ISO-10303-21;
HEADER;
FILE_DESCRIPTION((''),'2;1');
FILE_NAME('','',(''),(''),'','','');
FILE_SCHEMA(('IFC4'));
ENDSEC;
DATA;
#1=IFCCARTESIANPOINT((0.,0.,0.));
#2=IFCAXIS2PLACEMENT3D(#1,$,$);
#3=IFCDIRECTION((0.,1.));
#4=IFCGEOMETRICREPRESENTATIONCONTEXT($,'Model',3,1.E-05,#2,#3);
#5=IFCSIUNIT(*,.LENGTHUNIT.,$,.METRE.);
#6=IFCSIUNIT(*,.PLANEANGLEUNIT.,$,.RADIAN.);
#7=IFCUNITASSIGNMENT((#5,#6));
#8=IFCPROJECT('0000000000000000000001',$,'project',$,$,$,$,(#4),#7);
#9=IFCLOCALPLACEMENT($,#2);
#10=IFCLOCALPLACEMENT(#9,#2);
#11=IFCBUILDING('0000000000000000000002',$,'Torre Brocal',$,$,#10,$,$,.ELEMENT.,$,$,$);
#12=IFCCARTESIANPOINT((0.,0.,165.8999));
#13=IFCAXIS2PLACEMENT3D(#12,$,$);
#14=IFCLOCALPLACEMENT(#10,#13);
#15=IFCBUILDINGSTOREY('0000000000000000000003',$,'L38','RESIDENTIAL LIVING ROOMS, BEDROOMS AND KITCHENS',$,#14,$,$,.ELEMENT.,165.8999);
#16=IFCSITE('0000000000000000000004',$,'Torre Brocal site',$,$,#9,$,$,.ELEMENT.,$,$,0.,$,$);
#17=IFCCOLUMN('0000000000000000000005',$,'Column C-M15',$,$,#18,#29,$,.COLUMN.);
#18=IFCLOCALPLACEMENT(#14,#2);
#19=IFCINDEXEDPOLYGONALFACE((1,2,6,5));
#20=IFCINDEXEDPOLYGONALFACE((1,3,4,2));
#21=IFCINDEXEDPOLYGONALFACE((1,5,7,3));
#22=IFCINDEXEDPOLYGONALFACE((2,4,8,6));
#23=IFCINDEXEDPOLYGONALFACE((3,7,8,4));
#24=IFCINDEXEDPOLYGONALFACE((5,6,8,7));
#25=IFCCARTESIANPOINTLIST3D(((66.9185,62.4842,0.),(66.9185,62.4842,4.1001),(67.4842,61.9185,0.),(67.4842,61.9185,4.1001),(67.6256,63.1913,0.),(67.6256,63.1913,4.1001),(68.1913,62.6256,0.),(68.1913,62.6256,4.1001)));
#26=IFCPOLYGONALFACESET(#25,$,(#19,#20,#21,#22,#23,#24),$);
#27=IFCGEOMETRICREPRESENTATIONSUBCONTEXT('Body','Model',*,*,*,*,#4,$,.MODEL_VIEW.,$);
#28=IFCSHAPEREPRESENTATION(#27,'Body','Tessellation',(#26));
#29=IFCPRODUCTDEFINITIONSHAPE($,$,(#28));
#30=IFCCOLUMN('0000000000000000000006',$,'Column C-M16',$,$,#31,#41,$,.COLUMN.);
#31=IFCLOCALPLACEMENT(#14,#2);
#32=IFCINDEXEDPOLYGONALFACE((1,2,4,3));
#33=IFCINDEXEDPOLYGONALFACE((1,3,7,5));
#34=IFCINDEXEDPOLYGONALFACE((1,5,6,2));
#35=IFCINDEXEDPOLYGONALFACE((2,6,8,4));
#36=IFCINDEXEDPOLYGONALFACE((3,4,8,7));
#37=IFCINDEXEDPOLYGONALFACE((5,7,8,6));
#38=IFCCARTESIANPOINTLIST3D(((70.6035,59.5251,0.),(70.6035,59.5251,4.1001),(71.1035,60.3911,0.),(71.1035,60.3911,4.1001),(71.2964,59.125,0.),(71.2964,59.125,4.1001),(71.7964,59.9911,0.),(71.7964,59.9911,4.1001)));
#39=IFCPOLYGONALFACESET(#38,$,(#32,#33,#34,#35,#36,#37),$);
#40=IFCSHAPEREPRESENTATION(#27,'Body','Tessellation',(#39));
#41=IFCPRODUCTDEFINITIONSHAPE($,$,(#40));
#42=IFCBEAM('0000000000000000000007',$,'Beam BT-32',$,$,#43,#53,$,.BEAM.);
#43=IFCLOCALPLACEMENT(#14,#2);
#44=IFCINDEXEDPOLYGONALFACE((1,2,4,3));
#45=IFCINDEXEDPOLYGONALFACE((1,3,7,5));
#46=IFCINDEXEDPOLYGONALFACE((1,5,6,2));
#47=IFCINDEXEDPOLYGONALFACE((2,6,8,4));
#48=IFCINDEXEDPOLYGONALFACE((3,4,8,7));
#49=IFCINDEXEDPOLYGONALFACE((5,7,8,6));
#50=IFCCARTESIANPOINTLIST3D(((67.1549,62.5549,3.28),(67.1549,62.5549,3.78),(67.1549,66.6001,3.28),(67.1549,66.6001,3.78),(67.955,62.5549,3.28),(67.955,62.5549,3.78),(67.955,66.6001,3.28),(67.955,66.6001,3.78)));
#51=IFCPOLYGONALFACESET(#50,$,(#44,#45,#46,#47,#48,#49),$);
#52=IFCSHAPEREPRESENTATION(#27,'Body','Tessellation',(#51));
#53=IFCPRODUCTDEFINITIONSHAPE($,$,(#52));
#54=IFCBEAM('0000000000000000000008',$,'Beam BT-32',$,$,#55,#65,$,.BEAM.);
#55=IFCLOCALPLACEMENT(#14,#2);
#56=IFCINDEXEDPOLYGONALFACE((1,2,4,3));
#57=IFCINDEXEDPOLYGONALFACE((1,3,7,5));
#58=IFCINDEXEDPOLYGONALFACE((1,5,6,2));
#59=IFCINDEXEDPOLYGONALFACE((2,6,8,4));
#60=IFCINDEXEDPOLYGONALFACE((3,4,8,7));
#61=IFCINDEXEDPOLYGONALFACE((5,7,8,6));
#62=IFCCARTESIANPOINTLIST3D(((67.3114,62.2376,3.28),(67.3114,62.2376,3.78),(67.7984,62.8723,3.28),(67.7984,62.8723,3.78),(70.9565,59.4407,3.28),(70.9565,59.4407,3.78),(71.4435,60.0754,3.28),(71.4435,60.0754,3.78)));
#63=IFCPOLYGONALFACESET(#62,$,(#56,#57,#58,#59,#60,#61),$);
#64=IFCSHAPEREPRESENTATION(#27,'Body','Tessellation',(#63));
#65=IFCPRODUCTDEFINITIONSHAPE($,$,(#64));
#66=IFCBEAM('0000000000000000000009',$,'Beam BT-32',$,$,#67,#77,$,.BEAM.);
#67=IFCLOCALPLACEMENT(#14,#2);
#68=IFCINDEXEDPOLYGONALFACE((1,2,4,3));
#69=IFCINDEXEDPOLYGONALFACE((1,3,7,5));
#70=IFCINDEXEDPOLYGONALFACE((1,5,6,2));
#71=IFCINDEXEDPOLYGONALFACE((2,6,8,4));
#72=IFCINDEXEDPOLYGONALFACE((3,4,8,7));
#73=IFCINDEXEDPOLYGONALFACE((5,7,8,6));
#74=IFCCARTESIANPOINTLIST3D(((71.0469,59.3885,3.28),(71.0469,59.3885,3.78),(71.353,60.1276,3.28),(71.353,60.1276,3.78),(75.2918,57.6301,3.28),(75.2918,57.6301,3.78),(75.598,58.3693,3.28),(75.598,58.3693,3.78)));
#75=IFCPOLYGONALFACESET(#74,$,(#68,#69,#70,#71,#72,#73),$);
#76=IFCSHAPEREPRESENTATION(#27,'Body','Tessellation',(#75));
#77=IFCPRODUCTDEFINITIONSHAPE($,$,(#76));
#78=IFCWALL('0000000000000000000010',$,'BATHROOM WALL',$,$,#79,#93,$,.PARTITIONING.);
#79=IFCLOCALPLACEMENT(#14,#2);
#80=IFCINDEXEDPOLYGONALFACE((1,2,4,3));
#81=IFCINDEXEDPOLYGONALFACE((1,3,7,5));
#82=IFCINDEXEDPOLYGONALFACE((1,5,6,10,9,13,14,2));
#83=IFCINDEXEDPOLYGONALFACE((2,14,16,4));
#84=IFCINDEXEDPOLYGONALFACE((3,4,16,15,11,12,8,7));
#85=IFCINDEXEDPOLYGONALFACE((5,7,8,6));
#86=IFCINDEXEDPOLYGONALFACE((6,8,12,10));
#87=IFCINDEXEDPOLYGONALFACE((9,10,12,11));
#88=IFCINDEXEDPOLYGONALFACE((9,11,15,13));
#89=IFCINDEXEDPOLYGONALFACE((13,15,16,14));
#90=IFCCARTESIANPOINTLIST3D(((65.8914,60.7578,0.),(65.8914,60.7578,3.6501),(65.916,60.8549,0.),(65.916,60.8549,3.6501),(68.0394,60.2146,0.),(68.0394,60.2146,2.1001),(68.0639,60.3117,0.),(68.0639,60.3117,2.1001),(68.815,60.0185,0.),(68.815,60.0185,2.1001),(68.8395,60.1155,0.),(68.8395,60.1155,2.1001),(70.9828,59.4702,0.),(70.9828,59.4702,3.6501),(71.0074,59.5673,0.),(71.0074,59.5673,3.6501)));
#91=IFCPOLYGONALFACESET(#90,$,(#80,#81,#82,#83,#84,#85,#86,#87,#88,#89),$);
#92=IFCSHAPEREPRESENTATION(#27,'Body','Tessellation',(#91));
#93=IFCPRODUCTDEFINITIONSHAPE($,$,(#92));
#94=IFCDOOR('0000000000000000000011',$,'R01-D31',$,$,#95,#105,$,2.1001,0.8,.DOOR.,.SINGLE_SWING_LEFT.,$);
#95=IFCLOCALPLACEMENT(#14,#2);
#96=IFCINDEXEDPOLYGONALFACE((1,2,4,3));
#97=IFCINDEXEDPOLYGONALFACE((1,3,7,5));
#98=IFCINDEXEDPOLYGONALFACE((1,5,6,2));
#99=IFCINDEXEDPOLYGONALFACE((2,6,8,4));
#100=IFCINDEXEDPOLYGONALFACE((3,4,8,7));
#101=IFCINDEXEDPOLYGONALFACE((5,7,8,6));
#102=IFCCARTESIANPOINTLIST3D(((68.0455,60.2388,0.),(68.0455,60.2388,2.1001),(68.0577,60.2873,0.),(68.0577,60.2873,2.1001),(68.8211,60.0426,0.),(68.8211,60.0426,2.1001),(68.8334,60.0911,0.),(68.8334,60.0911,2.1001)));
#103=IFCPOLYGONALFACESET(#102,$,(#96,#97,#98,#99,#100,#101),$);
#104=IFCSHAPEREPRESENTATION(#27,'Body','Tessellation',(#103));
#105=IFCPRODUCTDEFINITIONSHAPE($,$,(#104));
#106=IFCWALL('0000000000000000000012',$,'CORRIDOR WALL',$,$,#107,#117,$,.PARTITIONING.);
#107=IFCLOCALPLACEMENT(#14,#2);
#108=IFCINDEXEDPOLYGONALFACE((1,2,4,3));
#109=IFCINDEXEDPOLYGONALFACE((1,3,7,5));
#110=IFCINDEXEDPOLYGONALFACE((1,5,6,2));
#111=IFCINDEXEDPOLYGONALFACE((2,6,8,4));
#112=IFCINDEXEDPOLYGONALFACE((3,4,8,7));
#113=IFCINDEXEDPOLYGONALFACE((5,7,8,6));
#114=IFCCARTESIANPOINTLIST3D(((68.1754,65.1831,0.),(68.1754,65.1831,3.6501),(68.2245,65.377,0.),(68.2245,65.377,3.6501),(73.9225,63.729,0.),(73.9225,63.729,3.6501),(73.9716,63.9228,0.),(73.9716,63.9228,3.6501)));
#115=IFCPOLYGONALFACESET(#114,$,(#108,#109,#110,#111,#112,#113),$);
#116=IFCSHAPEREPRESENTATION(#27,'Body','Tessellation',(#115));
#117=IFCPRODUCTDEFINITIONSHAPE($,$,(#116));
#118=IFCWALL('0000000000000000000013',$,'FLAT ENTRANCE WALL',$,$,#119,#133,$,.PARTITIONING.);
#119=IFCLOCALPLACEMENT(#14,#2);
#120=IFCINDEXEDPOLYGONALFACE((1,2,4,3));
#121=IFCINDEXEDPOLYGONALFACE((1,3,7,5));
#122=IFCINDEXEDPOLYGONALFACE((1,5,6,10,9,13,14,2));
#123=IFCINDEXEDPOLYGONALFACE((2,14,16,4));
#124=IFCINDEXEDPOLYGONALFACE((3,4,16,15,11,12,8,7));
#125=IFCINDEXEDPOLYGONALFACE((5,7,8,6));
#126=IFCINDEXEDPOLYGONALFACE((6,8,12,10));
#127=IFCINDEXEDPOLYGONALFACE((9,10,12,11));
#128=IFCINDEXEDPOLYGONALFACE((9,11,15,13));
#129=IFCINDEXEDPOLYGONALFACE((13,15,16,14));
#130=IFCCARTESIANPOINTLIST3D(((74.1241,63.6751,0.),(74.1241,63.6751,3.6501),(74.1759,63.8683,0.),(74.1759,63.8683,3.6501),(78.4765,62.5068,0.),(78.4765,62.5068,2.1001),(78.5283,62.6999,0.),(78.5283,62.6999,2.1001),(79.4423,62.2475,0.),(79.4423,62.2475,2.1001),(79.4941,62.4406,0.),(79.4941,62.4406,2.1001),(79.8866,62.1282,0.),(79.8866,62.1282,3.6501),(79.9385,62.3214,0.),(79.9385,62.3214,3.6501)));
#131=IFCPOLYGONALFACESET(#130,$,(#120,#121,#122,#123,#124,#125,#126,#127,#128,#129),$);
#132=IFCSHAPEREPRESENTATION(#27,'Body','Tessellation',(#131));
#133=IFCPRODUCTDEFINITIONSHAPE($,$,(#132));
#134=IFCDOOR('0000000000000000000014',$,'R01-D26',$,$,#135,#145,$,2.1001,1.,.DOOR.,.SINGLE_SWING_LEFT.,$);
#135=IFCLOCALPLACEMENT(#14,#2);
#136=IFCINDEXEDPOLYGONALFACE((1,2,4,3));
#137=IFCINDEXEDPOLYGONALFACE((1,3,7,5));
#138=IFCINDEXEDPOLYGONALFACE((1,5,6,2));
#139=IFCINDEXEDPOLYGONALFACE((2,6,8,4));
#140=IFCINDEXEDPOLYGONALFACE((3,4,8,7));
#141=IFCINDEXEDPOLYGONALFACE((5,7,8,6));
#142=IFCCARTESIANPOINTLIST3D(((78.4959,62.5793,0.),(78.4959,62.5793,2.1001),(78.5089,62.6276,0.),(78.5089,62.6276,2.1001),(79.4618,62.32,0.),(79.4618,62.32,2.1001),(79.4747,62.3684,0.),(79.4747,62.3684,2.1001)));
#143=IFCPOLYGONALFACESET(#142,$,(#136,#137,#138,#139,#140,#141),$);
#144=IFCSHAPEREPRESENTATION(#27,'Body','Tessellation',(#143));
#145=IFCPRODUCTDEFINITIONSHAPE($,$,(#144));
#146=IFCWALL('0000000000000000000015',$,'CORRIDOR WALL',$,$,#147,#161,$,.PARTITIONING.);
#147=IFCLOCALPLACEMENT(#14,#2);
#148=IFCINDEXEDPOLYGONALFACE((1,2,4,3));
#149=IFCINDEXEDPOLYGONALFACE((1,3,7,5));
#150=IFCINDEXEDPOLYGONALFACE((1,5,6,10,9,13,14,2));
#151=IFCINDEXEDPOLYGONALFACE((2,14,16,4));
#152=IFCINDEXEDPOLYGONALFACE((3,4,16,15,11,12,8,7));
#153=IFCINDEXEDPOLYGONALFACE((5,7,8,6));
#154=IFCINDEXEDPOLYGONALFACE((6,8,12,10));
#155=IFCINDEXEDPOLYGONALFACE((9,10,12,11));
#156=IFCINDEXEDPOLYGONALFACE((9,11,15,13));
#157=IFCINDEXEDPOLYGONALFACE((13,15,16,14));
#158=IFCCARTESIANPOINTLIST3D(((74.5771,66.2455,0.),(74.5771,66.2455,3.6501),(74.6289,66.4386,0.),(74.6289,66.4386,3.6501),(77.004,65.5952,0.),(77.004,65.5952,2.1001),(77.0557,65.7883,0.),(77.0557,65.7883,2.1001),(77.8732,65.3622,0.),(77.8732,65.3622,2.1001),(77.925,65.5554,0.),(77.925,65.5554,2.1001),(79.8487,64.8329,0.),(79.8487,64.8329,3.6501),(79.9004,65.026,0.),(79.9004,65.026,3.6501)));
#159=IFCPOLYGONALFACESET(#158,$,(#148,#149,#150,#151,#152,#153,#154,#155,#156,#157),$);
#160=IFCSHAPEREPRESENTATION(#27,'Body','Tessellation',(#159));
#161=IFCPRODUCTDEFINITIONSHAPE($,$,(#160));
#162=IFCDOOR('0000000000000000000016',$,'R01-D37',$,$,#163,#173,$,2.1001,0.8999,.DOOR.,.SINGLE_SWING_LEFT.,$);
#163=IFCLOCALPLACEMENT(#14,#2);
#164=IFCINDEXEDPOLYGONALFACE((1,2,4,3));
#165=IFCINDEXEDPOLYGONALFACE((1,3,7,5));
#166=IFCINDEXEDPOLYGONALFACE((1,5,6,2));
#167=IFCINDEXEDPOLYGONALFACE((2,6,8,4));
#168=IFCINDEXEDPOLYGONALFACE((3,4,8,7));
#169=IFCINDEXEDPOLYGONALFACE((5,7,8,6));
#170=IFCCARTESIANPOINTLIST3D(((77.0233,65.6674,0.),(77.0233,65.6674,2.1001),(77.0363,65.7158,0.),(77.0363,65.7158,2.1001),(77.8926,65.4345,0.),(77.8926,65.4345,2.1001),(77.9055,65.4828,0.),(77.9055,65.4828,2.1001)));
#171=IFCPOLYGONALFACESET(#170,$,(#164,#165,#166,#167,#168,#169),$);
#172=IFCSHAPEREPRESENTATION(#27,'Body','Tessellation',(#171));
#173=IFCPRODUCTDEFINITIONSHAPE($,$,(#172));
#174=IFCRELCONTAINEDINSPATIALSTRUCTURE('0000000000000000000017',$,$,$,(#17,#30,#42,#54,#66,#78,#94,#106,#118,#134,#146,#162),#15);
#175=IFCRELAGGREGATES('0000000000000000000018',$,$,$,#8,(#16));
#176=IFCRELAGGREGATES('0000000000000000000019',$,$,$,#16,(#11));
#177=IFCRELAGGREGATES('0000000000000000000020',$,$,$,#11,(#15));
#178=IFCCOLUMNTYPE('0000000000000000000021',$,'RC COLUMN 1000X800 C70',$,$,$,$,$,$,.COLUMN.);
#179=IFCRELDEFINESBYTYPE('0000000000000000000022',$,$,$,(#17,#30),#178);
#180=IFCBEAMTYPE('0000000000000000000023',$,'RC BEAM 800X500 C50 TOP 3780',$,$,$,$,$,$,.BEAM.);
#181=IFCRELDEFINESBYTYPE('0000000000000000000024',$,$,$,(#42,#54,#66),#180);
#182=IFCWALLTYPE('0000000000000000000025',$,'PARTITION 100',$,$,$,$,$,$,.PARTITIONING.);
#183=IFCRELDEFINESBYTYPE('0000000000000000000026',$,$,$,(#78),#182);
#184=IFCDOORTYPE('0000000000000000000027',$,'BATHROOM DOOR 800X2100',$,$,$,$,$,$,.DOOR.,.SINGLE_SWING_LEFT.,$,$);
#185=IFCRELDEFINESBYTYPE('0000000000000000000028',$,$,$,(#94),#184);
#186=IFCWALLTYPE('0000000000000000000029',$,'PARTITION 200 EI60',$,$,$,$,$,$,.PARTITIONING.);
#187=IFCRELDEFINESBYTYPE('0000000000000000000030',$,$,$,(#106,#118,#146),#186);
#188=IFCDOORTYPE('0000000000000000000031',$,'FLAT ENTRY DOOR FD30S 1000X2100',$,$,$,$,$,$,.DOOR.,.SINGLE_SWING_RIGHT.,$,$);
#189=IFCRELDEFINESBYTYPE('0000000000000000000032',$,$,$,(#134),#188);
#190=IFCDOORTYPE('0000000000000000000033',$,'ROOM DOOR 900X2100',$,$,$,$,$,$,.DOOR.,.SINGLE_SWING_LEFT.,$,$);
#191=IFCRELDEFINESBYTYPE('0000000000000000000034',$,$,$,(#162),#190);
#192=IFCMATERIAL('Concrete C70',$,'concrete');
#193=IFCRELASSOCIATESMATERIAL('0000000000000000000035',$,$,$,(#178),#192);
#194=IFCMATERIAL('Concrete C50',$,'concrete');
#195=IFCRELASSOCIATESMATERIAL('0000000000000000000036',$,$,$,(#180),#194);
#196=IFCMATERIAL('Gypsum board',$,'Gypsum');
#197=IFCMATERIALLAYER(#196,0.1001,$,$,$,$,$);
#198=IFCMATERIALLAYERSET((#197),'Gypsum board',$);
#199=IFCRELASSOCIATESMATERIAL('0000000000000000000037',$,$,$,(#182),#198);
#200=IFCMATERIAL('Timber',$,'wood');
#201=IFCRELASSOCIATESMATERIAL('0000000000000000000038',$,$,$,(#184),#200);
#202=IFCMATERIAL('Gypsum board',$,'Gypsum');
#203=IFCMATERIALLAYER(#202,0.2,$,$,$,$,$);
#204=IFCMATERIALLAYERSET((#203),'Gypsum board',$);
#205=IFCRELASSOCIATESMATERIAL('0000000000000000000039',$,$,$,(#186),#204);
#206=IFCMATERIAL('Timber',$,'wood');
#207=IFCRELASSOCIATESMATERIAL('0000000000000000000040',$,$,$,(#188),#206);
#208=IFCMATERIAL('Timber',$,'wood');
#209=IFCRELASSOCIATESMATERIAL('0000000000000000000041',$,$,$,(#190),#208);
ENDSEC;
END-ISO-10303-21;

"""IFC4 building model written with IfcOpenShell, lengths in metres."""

from ifc_helpers import new_model, si_unit, direction, frame, frame_2d, origin, origin_2d, place, context, subcontext, project, spatial, rectangle, extrude, material, layer, layer_set, material_profile, profile_set, type_object, element, fill, save


model = new_model("IFC4")

# Units and contexts
model_context = context("Model", 3, precision=1e-05, world=origin(), true_north=direction((0.0, 1.0)))
body_context = subcontext(model_context, "Body", "Model", "MODEL_VIEW")
ifc_project = project(units=[si_unit("LENGTHUNIT", "METRE"), si_unit("PLANEANGLEUNIT", "RADIAN")], contexts=[model_context])

# Site, building, storey
site_placement = place(None, origin())
site = spatial("IfcSite", under=ifc_project, at=site_placement, Name="Torre Brocal site", CompositionType="ELEMENT", RefElevation=0.0)
building_placement = place(site_placement, origin())
building = spatial("IfcBuilding", under=site, at=building_placement, Name="Torre Brocal", CompositionType="ELEMENT")
storey_placement = place(building_placement, frame((0.0, 0.0, 165.8999)))
storey = spatial("IfcBuildingStorey", under=building, at=storey_placement, Name="L38", Description="RESIDENTIAL LIVING ROOMS, BEDROOMS AND KITCHENS", CompositionType="ELEMENT", Elevation=165.8999)

# Columns
ifc_material_1 = material(Name="Concrete C70", Category="concrete")
ifc_material_profile_1 = material_profile(ifc_material_1, rectangle(XDim=1.0, YDim=0.8, at=origin_2d()), Name="RC 1000X800")
ifc_profile_set_1 = profile_set([ifc_material_profile_1], Name="Concrete C70")
column_type = type_object("IfcColumnType", Name="RC COLUMN 1000X800 C70", PredefinedType="COLUMN", material=ifc_profile_set_1)
for number, where, z_axis, x_axis, name in (
    (1, (67.5549, 62.5549, 0.0), (0.0, 0.0, 1.0), (-0.707107, -0.707107, 0.0), "Column C-M15"),
    (2, (71.2, 59.7581, 0.0), (0.0, 0.0, 1.0), (-0.5, -0.866025, 0.0), "Column C-M16"),
):
    element("IfcColumn", number, at=place(storey_placement, frame(where, z_axis=z_axis, x_axis=x_axis)), inside=storey, type_object=column_type, Name=name, PredefinedType="COLUMN", context=body_context, shape_type="SweptSolid", body=[
        extrude(rectangle(XDim=1.0, YDim=0.8, at=origin_2d()), origin(), (0.0, 0.0, 1.0), 4.1001),
    ])

# Beams
ifc_material_2 = material(Name="Concrete C50", Category="concrete")
ifc_material_profile_2 = material_profile(ifc_material_2, rectangle(XDim=0.8, YDim=0.5, at=origin_2d()), Name="RC 800X500")
ifc_profile_set_2 = profile_set([ifc_material_profile_2], Name="Concrete C50")
beam_type = type_object("IfcBeamType", Name="RC BEAM 800X500 C50 TOP 3780", PredefinedType="BEAM", material=ifc_profile_set_2)
beam_1_placement = place(storey_placement, frame((67.5549, 62.5549, 3.53), z_axis=(0.0, 1.0, 0.0), x_axis=(-1.0, 0.0, 0.0)))
element("IfcBeam", 3, at=beam_1_placement, inside=storey, type_object=beam_type, Name="Beam BT-32", PredefinedType="BEAM", context=body_context, shape_type="SweptSolid", body=[
    extrude(rectangle(XDim=0.8, YDim=0.5, at=origin_2d()), origin(), (0.0, 0.0, 1.0), 4.0452),
])
beam_2_placement = place(storey_placement, frame((67.5549, 62.5549, 3.53), z_axis=(0.793358, -0.608755, 0.0), x_axis=(0.608755, 0.793358, 0.0)))
element("IfcBeam", 4, at=beam_2_placement, inside=storey, type_object=beam_type, Name="Beam BT-32", PredefinedType="BEAM", context=body_context, shape_type="SweptSolid", body=[
    extrude(rectangle(XDim=0.8, YDim=0.5, at=origin_2d()), origin(), (0.0, 0.0, 1.0), 4.5945),
])
beam_3_placement = place(storey_placement, frame((71.2, 59.7581, 3.53), z_axis=(0.923878, -0.382687, 0.0), x_axis=(0.382687, 0.923878, 0.0)))
element("IfcBeam", 5, at=beam_3_placement, inside=storey, type_object=beam_type, Name="Beam BT-32", PredefinedType="BEAM", context=body_context, shape_type="SweptSolid", body=[
    extrude(rectangle(XDim=0.8, YDim=0.5, at=origin_2d()), origin(), (0.0, 0.0, 1.0), 4.5947),
])

# Wall, opening, door
ifc_material_3 = material(Name="Gypsum board", Category="Gypsum")
ifc_layer_1 = layer(ifc_material_3, 0.1001)
ifc_layer_set_1 = layer_set([ifc_layer_1], Name="Gypsum board")
wall_type_1 = type_object("IfcWallType", Name="PARTITION 100", PredefinedType="PARTITIONING", material=ifc_layer_set_1)
wall_1_placement = place(storey_placement, frame((65.9036, 60.8064, 0.0), z_axis=(0.0, 0.0, 1.0), x_axis=(0.969477, -0.245182, 0.0)))
wall_1 = element("IfcWall", 6, at=wall_1_placement, inside=storey, type_object=wall_type_1, Name="BATHROOM WALL", PredefinedType="PARTITIONING", context=body_context, shape_type="SweptSolid", body=[
    extrude(rectangle(XDim=5.2517, YDim=0.1001, at=frame_2d((2.626, 0.0))), origin(), (0.0, 0.0, 1.0), 3.6501),
])
opening_1_placement = place(wall_1_placement, frame((2.2158, 0.0, 0.0)))
opening_1 = element("IfcOpeningElement", 7, at=opening_1_placement, cuts=wall_1, PredefinedType="OPENING", context=body_context, shape_type="SweptSolid", body=[
    extrude(rectangle(XDim=0.8, YDim=2.1001, at=frame_2d((0.3999, 1.05))), frame((0.0, 0.0601, 0.0), z_axis=(0.0, -1.0, 0.0), x_axis=(1.0, 0.0, 0.0)), (0.0, 0.0, 1.0), 0.1201),
])
ifc_material_4 = material(Name="Timber", Category="wood")
door_type_1 = type_object("IfcDoorType", Name="BATHROOM DOOR 800X2100", OperationType="SINGLE_SWING_LEFT", PredefinedType="DOOR", material=ifc_material_4)
door_1_placement = place(opening_1_placement, origin())
door_1 = element("IfcDoor", 8, at=door_1_placement, inside=storey, type_object=door_type_1, Name="R01-D31", OperationType="SINGLE_SWING_LEFT", OverallHeight=2.1001, OverallWidth=0.8, PredefinedType="DOOR", context=body_context, shape_type="SweptSolid", body=[
    extrude(rectangle(XDim=0.8, YDim=2.1001, at=frame_2d((0.3999, 1.05))), frame((0.0, 0.0249, 0.0), z_axis=(0.0, -1.0, 0.0), x_axis=(1.0, 0.0, 0.0)), (0.0, 0.0, 1.0), 0.05),
])
fill(opening_1, door_1)

# Wall
ifc_material_5 = material(Name="Gypsum board", Category="Gypsum")
ifc_layer_2 = layer(ifc_material_5, 0.2)
ifc_layer_set_2 = layer_set([ifc_layer_2], Name="Gypsum board")
wall_type_2 = type_object("IfcWallType", Name="PARTITION 200 EI60", PredefinedType="PARTITIONING", material=ifc_layer_set_2)
wall_2_placement = place(storey_placement, frame((68.2, 65.28, 0.0), z_axis=(0.0, 0.0, 1.0), x_axis=(0.969451, -0.245287, 0.0)))
element("IfcWall", 9, at=wall_2_placement, inside=storey, type_object=wall_type_2, Name="CORRIDOR WALL", PredefinedType="PARTITIONING", context=body_context, shape_type="SweptSolid", body=[
    extrude(rectangle(XDim=5.9282, YDim=0.2, at=frame_2d((2.9641, 0.0))), origin(), (0.0, 0.0, 1.0), 3.6501),
])

# Walls, openings, doors
wall_3_placement = place(storey_placement, frame((74.1499, 63.7717, 0.0), z_axis=(0.0, 0.0, 1.0), x_axis=(0.965807, -0.259262, 0.0)))
wall_3 = element("IfcWall", 10, at=wall_3_placement, inside=storey, type_object=wall_type_2, Name="FLAT ENTRANCE WALL", PredefinedType="PARTITIONING", context=body_context, shape_type="SweptSolid", body=[
    extrude(rectangle(XDim=5.9666, YDim=0.2, at=frame_2d((2.9834, 0.0))), origin(), (0.0, 0.0, 1.0), 3.6501),
])
opening_2_placement = place(wall_3_placement, frame((4.5066, 0.0, 0.0)))
opening_2 = element("IfcOpeningElement", 11, at=opening_2_placement, cuts=wall_3, PredefinedType="OPENING", context=body_context, shape_type="SweptSolid", body=[
    extrude(rectangle(XDim=1.0, YDim=2.1001, at=frame_2d((0.5, 1.05))), frame((0.0, 0.1099, 0.0), z_axis=(0.0, -1.0, 0.0), x_axis=(1.0, 0.0, 0.0)), (0.0, 0.0, 1.0), 0.22),
])
ifc_material_6 = material(Name="Timber", Category="wood")
door_type_2 = type_object("IfcDoorType", Name="FLAT ENTRY DOOR FD30S 1000X2100", OperationType="SINGLE_SWING_RIGHT", PredefinedType="DOOR", material=ifc_material_6)
door_2_placement = place(opening_2_placement, frame((1.0, 0.0, 0.0), z_axis=(0.0, 0.0, 1.0), x_axis=(-1.0, 0.0, 0.0)))
door_2 = element("IfcDoor", 12, at=door_2_placement, inside=storey, type_object=door_type_2, Name="R01-D26", OperationType="SINGLE_SWING_LEFT", OverallHeight=2.1001, OverallWidth=1.0, PredefinedType="DOOR", context=body_context, shape_type="SweptSolid", body=[
    extrude(rectangle(XDim=1.0, YDim=2.1001, at=frame_2d((0.5, 1.05))), frame((0.0, 0.0249, 0.0), z_axis=(0.0, -1.0, 0.0), x_axis=(1.0, 0.0, 0.0)), (0.0, 0.0, 1.0), 0.05),
])
fill(opening_2, door_2)
wall_4_placement = place(storey_placement, frame((74.603, 66.342, 0.0), z_axis=(0.0, 0.0, 1.0), x_axis=(0.965921, -0.258837, 0.0)))
wall_4 = element("IfcWall", 13, at=wall_4_placement, inside=storey, type_object=wall_type_2, Name="CORRIDOR WALL", PredefinedType="PARTITIONING", context=body_context, shape_type="SweptSolid", body=[
    extrude(rectangle(XDim=5.4575, YDim=0.2, at=frame_2d((2.7288, 0.0))), origin(), (0.0, 0.0, 1.0), 3.6501),
])
opening_3_placement = place(wall_4_placement, frame((2.5125, 0.0, 0.0)))
opening_3 = element("IfcOpeningElement", 14, at=opening_3_placement, cuts=wall_4, PredefinedType="OPENING", context=body_context, shape_type="SweptSolid", body=[
    extrude(rectangle(XDim=0.8999, YDim=2.1001, at=frame_2d((0.45, 1.05))), frame((0.0, 0.1099, 0.0), z_axis=(0.0, -1.0, 0.0), x_axis=(1.0, 0.0, 0.0)), (0.0, 0.0, 1.0), 0.22),
])
ifc_material_7 = material(Name="Timber", Category="wood")
door_type_3 = type_object("IfcDoorType", Name="ROOM DOOR 900X2100", OperationType="SINGLE_SWING_LEFT", PredefinedType="DOOR", material=ifc_material_7)
door_3_placement = place(opening_3_placement, origin())
door_3 = element("IfcDoor", 15, at=door_3_placement, inside=storey, type_object=door_type_3, Name="R01-D37", OperationType="SINGLE_SWING_LEFT", OverallHeight=2.1001, OverallWidth=0.8999, PredefinedType="DOOR", context=body_context, shape_type="SweptSolid", body=[
    extrude(rectangle(XDim=0.8999, YDim=2.1001, at=frame_2d((0.45, 1.05))), frame((0.0, 0.0249, 0.0), z_axis=(0.0, -1.0, 0.0), x_axis=(1.0, 0.0, 0.0)), (0.0, 0.0, 1.0), 0.05),
])
fill(opening_3, door_3)

save(model, "model.ifc")
